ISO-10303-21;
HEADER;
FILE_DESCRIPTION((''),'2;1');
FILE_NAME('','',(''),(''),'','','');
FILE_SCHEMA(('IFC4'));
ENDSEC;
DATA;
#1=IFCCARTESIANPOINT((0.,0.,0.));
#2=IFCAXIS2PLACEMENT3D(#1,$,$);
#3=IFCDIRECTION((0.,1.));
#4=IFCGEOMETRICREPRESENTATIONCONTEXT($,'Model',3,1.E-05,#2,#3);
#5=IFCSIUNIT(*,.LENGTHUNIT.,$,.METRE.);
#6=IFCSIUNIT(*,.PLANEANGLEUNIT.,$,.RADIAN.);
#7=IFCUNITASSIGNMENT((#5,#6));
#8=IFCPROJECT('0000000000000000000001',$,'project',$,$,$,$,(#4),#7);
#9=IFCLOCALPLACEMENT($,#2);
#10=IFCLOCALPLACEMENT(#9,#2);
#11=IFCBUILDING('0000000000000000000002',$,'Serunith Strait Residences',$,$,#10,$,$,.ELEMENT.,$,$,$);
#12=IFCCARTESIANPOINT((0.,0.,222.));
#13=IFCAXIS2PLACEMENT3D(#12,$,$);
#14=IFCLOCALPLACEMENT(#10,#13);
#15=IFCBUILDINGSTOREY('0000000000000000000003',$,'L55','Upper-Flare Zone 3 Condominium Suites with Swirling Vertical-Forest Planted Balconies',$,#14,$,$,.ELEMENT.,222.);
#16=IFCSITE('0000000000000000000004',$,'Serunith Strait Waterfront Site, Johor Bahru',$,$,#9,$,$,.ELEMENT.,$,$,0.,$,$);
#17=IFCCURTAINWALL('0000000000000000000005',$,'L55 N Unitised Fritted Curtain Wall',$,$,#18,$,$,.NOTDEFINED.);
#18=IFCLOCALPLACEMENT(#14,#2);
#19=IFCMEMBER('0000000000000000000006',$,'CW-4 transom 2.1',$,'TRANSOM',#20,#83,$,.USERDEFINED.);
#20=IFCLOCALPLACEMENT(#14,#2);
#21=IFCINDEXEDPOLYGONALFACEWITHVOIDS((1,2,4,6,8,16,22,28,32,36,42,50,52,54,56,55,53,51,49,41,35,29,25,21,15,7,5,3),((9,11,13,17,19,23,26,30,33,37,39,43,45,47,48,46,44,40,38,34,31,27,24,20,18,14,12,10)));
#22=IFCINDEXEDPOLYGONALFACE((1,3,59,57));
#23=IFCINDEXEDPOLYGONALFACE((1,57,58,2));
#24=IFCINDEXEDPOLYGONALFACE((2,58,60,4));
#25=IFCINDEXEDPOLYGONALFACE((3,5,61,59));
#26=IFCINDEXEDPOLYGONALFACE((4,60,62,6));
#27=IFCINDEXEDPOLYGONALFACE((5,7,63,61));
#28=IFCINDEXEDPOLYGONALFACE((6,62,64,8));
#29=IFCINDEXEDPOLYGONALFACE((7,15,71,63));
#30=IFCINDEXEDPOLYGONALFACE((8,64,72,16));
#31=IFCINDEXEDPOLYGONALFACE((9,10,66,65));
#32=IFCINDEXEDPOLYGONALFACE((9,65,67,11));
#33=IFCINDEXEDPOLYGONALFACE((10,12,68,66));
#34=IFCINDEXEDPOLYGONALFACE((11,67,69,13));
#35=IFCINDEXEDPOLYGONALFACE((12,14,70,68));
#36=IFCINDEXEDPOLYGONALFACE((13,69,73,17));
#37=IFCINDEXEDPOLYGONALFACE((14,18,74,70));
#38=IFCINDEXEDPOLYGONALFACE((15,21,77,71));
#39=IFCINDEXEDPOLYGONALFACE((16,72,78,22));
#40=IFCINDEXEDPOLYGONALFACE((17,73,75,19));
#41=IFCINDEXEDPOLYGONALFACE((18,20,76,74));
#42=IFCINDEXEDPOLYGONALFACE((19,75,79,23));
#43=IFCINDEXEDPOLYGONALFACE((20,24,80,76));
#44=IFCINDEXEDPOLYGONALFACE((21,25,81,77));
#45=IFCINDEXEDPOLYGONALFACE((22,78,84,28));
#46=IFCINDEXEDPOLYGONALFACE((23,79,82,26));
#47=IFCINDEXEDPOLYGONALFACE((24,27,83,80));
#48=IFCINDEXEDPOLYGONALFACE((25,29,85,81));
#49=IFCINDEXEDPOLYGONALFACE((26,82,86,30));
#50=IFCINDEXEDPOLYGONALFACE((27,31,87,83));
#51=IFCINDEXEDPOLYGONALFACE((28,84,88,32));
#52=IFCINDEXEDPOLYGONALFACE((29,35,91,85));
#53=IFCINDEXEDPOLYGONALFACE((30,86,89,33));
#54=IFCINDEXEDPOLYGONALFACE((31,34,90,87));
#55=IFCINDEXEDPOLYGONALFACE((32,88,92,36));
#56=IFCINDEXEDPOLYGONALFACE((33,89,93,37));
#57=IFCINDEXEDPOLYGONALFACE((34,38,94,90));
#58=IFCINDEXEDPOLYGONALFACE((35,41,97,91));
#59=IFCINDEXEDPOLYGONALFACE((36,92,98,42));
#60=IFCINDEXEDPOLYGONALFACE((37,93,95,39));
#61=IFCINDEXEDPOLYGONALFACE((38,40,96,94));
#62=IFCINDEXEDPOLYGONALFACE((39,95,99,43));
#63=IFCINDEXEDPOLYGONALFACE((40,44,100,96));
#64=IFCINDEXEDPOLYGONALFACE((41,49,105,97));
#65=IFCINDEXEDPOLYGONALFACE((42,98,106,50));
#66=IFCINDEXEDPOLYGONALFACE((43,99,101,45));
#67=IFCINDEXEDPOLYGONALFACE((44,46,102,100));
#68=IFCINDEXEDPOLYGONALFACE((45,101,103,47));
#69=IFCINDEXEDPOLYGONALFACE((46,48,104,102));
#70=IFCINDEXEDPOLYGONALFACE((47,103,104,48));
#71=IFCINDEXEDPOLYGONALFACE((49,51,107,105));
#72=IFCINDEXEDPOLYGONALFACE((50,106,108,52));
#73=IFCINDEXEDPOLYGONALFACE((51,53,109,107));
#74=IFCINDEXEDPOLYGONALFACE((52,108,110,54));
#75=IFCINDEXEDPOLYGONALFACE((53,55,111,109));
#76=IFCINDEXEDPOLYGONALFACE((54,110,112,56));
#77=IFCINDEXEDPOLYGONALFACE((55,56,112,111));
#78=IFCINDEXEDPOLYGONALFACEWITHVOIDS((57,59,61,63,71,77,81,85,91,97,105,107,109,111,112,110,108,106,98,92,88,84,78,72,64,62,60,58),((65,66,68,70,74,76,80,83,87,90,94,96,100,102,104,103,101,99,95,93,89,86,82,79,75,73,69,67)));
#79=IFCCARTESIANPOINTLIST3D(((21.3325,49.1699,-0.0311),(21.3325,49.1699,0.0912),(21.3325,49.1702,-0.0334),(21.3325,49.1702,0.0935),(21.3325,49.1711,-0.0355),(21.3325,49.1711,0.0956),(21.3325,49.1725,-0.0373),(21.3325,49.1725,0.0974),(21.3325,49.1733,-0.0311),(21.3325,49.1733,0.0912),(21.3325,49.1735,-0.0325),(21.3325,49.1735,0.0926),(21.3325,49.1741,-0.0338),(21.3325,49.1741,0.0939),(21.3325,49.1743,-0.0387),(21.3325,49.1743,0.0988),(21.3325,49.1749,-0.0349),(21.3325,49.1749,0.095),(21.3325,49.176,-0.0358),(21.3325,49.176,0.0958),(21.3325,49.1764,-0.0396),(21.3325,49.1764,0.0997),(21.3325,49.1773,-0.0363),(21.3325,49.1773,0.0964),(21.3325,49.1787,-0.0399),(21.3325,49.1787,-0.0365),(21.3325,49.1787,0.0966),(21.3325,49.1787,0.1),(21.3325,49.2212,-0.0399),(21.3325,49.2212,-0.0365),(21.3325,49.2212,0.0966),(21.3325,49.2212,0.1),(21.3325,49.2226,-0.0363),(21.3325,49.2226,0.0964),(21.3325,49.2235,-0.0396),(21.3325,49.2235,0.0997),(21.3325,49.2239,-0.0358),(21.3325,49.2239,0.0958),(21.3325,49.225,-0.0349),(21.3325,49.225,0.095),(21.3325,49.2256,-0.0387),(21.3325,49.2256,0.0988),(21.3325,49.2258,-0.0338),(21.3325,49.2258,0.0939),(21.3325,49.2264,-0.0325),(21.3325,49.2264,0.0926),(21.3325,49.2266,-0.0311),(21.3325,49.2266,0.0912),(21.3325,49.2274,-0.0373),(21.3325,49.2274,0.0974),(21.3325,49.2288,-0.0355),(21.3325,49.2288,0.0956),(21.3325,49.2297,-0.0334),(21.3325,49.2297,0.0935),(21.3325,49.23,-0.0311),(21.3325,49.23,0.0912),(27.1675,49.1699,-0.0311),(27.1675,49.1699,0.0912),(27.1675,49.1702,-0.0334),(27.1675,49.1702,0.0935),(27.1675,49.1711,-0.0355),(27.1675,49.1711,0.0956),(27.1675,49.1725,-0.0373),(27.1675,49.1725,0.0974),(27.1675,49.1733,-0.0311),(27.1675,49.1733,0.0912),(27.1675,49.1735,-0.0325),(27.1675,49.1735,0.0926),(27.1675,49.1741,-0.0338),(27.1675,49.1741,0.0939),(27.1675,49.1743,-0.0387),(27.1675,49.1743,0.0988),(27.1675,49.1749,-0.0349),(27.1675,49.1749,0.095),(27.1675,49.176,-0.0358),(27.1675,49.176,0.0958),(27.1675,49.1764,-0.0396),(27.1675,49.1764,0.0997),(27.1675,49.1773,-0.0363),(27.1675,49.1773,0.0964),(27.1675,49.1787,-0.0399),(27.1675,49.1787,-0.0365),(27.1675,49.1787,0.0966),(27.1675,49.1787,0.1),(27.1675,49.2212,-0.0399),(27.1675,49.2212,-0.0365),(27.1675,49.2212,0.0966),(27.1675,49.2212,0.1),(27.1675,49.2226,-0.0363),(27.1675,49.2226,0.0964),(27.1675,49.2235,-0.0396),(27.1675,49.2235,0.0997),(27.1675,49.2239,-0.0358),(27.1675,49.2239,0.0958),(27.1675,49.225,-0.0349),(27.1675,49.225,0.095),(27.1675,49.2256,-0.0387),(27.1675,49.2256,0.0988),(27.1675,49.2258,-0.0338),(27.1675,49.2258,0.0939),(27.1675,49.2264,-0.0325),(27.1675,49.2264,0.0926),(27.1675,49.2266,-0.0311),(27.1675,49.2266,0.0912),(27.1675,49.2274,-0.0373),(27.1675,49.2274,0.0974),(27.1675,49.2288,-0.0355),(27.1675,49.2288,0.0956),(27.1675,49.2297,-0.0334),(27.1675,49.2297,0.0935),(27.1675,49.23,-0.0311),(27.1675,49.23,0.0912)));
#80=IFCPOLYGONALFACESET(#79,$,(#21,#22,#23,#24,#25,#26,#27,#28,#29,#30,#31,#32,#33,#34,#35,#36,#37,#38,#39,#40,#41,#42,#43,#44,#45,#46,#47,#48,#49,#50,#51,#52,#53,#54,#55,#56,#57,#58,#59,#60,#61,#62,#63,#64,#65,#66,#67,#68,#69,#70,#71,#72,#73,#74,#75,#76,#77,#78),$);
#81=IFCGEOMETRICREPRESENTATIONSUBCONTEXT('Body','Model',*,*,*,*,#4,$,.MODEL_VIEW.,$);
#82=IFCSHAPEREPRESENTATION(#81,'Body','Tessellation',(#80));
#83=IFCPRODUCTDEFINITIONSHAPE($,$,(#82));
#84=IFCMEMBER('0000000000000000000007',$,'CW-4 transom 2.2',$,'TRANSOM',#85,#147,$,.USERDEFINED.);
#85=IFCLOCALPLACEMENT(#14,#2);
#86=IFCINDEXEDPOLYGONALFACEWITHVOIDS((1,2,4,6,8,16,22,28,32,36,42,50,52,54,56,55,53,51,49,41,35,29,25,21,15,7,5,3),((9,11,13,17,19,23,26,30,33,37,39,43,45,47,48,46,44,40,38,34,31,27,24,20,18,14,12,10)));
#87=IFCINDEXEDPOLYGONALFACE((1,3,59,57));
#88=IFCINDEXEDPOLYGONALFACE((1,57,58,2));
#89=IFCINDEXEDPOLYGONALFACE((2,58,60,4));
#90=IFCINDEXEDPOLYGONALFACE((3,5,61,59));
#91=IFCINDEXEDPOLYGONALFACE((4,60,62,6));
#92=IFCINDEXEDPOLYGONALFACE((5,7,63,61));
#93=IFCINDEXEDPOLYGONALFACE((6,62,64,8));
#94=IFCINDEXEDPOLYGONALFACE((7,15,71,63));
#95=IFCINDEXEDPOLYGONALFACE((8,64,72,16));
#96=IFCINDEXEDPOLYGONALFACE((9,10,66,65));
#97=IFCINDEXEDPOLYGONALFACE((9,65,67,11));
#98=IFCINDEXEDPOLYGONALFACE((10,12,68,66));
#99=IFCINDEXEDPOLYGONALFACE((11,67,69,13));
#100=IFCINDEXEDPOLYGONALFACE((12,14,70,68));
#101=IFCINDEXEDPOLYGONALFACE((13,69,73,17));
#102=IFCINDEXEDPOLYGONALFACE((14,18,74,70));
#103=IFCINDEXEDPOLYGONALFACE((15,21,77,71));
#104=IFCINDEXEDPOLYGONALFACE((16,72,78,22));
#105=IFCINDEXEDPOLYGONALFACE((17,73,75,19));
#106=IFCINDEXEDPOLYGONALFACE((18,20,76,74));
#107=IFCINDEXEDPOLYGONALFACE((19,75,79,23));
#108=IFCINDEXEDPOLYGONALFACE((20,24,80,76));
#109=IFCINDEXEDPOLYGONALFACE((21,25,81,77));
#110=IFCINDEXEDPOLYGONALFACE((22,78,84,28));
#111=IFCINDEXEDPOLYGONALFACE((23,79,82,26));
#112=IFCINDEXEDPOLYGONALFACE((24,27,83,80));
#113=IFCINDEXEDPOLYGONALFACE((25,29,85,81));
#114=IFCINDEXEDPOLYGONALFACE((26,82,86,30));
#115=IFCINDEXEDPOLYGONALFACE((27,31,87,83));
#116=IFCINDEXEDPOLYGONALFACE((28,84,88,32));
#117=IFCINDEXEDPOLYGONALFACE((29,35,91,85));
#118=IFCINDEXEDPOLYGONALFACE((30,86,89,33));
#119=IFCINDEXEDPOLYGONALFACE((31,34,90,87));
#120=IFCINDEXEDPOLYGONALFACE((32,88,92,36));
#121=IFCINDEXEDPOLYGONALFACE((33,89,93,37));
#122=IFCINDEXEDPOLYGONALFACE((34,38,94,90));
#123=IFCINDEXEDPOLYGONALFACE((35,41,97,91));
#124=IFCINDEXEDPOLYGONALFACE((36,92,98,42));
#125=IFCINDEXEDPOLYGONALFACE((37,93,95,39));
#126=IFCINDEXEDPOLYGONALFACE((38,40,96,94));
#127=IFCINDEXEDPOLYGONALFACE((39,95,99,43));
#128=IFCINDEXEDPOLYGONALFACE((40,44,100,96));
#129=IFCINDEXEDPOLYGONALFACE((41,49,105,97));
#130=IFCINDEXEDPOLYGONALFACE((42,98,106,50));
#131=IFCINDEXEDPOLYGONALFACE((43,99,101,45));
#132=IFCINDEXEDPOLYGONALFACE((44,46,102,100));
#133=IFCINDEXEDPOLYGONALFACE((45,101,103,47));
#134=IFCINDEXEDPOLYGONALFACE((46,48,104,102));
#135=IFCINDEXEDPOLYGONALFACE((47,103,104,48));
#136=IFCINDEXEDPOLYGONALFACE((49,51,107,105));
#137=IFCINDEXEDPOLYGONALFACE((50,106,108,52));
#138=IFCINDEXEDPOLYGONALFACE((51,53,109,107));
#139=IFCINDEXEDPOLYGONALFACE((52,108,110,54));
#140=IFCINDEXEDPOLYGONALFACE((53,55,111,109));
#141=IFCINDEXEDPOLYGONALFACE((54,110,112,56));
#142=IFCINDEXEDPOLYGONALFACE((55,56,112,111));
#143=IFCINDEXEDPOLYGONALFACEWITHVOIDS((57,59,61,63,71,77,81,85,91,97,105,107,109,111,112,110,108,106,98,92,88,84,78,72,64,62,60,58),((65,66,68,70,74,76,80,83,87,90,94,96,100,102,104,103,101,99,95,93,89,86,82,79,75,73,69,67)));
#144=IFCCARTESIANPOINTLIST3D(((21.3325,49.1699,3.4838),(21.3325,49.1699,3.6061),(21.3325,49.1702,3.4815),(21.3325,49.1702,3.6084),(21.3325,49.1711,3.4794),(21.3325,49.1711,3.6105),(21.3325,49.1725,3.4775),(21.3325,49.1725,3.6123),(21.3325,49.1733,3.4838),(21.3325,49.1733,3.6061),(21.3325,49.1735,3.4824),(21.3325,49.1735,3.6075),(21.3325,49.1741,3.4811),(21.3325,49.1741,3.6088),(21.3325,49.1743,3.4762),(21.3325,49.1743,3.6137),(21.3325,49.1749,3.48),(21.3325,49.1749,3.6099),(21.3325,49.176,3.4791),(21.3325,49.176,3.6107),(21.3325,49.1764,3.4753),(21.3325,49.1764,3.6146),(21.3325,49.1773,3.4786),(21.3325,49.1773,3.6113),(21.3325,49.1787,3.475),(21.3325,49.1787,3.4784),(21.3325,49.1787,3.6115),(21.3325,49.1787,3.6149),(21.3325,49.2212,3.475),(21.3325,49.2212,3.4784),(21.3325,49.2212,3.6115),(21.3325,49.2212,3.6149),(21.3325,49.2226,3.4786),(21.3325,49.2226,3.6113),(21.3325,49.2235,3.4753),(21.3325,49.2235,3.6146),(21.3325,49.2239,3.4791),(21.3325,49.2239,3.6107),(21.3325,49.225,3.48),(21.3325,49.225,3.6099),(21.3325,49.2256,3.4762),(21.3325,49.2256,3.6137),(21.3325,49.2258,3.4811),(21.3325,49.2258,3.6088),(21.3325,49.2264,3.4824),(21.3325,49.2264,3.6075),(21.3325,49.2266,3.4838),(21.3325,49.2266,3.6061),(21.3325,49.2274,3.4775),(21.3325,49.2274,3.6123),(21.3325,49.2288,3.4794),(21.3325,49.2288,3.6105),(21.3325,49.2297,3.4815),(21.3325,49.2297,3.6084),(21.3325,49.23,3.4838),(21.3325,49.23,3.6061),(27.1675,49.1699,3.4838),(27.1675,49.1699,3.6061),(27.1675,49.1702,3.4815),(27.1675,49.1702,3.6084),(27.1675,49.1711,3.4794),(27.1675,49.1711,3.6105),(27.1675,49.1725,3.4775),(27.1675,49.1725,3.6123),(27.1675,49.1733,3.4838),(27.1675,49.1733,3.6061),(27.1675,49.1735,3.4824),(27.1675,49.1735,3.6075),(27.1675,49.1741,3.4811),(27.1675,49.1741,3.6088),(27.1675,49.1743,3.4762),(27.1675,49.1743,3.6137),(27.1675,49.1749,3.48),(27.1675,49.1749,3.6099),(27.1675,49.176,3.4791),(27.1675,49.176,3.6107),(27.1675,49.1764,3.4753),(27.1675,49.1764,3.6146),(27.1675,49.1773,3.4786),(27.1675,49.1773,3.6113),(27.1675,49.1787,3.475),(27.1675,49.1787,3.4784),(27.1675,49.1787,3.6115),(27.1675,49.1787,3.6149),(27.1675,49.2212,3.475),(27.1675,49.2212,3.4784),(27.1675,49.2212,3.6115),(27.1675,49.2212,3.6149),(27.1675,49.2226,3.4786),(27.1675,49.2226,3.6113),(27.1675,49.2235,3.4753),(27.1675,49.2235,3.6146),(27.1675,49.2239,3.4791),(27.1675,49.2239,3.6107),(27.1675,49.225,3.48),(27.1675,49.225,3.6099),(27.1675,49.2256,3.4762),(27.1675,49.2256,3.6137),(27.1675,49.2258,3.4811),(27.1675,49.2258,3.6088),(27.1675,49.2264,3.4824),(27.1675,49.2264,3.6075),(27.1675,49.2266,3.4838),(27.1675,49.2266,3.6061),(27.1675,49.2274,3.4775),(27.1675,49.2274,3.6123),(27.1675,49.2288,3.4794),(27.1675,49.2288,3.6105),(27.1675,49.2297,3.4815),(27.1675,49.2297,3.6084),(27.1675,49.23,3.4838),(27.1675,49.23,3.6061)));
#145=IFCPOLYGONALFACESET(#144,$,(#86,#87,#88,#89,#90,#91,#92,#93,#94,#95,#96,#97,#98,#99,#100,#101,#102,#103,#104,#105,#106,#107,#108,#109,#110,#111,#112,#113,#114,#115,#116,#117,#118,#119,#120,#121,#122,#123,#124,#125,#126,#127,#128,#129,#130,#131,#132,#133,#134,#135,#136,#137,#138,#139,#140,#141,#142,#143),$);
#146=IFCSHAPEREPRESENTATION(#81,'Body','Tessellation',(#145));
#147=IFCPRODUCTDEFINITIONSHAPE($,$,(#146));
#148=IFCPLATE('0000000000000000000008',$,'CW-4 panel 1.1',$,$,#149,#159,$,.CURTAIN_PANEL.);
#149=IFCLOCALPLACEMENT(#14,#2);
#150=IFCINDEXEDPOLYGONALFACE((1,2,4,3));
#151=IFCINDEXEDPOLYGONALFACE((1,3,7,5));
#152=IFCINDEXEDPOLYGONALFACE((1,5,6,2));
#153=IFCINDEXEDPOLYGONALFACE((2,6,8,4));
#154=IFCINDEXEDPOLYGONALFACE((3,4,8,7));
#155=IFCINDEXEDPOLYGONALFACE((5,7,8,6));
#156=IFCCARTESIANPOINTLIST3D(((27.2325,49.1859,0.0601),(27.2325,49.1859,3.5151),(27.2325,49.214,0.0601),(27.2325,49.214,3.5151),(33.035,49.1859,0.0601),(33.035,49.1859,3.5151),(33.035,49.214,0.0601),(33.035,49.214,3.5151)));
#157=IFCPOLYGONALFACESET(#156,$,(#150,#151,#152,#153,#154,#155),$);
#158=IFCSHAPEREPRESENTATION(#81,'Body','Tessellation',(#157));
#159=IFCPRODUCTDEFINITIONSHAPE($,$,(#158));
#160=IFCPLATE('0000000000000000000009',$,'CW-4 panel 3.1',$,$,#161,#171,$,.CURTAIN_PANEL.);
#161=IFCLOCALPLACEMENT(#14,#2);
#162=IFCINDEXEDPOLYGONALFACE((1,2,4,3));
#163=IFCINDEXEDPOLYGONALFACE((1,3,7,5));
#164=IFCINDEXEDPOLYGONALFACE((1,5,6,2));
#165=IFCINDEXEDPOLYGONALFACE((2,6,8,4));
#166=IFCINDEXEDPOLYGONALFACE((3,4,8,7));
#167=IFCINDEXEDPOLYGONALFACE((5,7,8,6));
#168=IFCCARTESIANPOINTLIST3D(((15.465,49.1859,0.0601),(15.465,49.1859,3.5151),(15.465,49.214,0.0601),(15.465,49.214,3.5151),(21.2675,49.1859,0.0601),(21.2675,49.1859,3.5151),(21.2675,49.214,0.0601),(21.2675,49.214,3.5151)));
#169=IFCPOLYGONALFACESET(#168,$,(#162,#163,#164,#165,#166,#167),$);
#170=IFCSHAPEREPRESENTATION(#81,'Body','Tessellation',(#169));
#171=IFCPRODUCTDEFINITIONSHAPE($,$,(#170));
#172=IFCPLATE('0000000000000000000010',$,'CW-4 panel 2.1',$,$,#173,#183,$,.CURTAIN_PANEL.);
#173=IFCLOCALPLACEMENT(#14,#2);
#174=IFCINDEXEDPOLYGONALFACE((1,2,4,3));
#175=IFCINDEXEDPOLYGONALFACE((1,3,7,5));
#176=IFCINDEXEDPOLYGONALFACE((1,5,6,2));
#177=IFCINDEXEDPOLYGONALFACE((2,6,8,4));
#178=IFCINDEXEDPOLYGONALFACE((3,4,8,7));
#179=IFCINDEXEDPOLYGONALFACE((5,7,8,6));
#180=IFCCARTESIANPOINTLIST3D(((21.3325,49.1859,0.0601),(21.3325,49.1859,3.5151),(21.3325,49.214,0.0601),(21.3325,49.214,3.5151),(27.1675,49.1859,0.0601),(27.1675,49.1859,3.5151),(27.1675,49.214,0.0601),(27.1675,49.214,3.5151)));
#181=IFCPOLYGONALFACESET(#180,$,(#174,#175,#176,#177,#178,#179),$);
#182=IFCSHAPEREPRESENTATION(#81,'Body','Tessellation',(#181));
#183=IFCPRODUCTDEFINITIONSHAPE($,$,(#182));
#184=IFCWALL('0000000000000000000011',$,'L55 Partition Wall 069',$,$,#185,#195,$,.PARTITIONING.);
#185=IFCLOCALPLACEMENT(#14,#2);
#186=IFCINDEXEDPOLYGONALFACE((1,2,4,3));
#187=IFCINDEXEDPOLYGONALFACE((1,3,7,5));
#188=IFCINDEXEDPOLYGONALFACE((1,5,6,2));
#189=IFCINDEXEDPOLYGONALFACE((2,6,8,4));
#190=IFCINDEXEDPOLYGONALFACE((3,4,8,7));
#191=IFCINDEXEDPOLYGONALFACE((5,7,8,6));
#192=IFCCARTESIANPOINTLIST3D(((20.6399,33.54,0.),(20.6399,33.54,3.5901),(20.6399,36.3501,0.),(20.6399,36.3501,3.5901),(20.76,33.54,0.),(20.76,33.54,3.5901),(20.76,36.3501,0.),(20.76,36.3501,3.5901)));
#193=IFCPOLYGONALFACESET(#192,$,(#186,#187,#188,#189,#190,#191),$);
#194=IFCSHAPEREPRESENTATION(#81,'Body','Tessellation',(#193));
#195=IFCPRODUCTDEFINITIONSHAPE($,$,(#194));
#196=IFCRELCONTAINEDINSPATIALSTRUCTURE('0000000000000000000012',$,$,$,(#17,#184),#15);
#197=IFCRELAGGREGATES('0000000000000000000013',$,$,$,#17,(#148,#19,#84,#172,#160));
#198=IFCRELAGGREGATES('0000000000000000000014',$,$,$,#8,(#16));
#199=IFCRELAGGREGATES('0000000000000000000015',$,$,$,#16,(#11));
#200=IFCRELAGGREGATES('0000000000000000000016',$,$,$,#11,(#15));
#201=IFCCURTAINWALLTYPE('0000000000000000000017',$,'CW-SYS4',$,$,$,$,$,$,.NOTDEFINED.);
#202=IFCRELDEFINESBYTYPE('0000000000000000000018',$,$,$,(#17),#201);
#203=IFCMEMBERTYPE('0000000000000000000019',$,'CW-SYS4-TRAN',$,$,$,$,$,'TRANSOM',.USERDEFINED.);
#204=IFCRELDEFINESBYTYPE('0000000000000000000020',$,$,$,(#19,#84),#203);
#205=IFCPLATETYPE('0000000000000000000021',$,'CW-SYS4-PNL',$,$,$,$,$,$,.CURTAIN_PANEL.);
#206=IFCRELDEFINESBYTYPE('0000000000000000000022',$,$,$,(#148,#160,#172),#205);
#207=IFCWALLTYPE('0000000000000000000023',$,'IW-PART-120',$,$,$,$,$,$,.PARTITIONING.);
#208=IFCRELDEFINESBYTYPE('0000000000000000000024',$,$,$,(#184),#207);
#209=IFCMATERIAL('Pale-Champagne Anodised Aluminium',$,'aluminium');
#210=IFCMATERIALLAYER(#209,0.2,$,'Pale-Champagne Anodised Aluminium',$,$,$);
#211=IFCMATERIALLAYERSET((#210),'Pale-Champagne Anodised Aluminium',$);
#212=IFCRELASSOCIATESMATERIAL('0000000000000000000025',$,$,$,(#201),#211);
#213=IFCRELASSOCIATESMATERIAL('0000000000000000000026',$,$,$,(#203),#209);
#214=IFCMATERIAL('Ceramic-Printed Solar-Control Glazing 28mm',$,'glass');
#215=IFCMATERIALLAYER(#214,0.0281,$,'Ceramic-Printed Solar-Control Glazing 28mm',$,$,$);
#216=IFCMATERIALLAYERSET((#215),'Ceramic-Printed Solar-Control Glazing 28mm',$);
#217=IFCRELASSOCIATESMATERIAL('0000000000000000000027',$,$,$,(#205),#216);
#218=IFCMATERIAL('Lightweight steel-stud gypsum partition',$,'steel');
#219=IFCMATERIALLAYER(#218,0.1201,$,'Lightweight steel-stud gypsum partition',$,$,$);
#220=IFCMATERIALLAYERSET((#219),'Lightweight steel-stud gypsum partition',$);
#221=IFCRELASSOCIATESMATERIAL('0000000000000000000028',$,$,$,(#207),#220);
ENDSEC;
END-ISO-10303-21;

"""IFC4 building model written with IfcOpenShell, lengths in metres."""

from ifc_helpers import new_model, si_unit, direction, frame, frame_2d, origin, origin_2d, place, context, subcontext, project, spatial, rectangle, hollow_rectangle, extrude, source, transform, mapped, material, layer, layer_set, material_profile, profile_set, type_object, element, aggregate, save


model = new_model("IFC4")

# Units and contexts
model_context = context("Model", 3, precision=1e-05, world=origin(), true_north=direction((0.0, 1.0)))
body_context = subcontext(model_context, "Body", "Model", "MODEL_VIEW")
ifc_project = project(units=[si_unit("LENGTHUNIT", "METRE"), si_unit("PLANEANGLEUNIT", "RADIAN")], contexts=[model_context])

# Site, building, storey
site_placement = place(None, origin())
site = spatial("IfcSite", under=ifc_project, at=site_placement, Name="Serunith Strait Waterfront Site, Johor Bahru", CompositionType="ELEMENT", RefElevation=0.0)
building_placement = place(site_placement, origin())
building = spatial("IfcBuilding", under=site, at=building_placement, Name="Serunith Strait Residences", CompositionType="ELEMENT")
storey_placement = place(building_placement, frame((0.0, 0.0, 222.0)))
storey = spatial("IfcBuildingStorey", under=building, at=storey_placement, Name="L55", Description="Upper-Flare Zone 3 Condominium Suites with Swirling Vertical-Forest Planted Balconies", CompositionType="ELEMENT", Elevation=222.0)

# Curtain wall, members, plates
ifc_material_1 = material(Name="Pale-Champagne Anodised Aluminium", Category="aluminium")
ifc_layer_1 = layer(ifc_material_1, 0.2, Name="Pale-Champagne Anodised Aluminium")
ifc_layer_set_1 = layer_set([ifc_layer_1], Name="Pale-Champagne Anodised Aluminium")
curtain_wall_type = type_object("IfcCurtainWallType", Name="CW-SYS4", PredefinedType="NOTDEFINED", material=ifc_layer_set_1)
curtain_wall_placement = place(storey_placement, origin())
curtain_wall = element("IfcCurtainWall", 1, at=curtain_wall_placement, inside=storey, type_object=curtain_wall_type, Name="L55 N Unitised Fritted Curtain Wall", PredefinedType="NOTDEFINED")
ifc_material_profile_1 = material_profile(ifc_material_1, hollow_rectangle(XDim=0.0601, YDim=0.1399, WallThickness=0.0034, InnerFilletRadius=0.0054, OuterFilletRadius=0.0088, at=origin_2d()), Name="ALU 140x60x3.5")
ifc_profile_set_1 = profile_set([ifc_material_profile_1], Name="Pale-Champagne Anodised Aluminium")
member_type_1 = type_object("IfcMemberType", Name="CW-SYS4-TRAN", ElementType="TRANSOM", PredefinedType="USERDEFINED", material=ifc_profile_set_1)
shared_shape_1 = source(origin(), body_context, "Body", "SweptSolid", [
    extrude(hollow_rectangle(XDim=0.0601, YDim=0.1399, WallThickness=0.0034, InnerFilletRadius=0.0054, OuterFilletRadius=0.0088, at=origin_2d()), origin(), (0.0, 0.0, 1.0), 5.835),
])
member_1_placement = place(storey_placement, frame((27.1675, 49.2, 0.03), z_axis=(-1.0, 0.0, 0.0), x_axis=(0.0, -1.0, 0.0)))
member_1 = element("IfcMember", 2, at=member_1_placement, type_object=member_type_1, Name="CW-4 transom 2.1", ObjectType="TRANSOM", PredefinedType="USERDEFINED", context=body_context, shape_type="MappedRepresentation", body=[
    mapped(shared_shape_1, transform((0.0, 0.0, 0.0), scale=1.0)),
])
member_2_placement = place(storey_placement, frame((27.1675, 49.2, 3.5449), z_axis=(-1.0, 0.0, 0.0), x_axis=(0.0, -1.0, 0.0)))
member_2 = element("IfcMember", 3, at=member_2_placement, type_object=member_type_1, Name="CW-4 transom 2.2", ObjectType="TRANSOM", PredefinedType="USERDEFINED", context=body_context, shape_type="MappedRepresentation", body=[
    mapped(shared_shape_1, transform((0.0, 0.0, 0.0), scale=1.0)),
])
ifc_material_2 = material(Name="Ceramic-Printed Solar-Control Glazing 28mm", Category="glass")
ifc_layer_2 = layer(ifc_material_2, 0.0281, Name="Ceramic-Printed Solar-Control Glazing 28mm")
ifc_layer_set_2 = layer_set([ifc_layer_2], Name="Ceramic-Printed Solar-Control Glazing 28mm")
plate_type = type_object("IfcPlateType", Name="CW-SYS4-PNL", PredefinedType="CURTAIN_PANEL", material=ifc_layer_set_2)
shared_shape_2 = source(origin(), body_context, "Body", "SweptSolid", [
    extrude(rectangle(XDim=5.8025, YDim=0.0281, at=origin_2d()), origin(), (0.0, 0.0, 1.0), 3.4551),
])
plate_1_placement = place(storey_placement, frame((30.1338, 49.2, 0.0601), z_axis=(0.0, 0.0, 1.0), x_axis=(-1.0, 0.0, 0.0)))
plate_1 = element("IfcPlate", 4, at=plate_1_placement, type_object=plate_type, Name="CW-4 panel 1.1", PredefinedType="CURTAIN_PANEL", context=body_context, shape_type="MappedRepresentation", body=[
    mapped(shared_shape_2, transform((0.0, 0.0, 0.0), scale=1.0)),
])
plate_2_placement = place(storey_placement, frame((18.3662, 49.2, 0.0601), z_axis=(0.0, 0.0, 1.0), x_axis=(-1.0, 0.0, 0.0)))
plate_2 = element("IfcPlate", 5, at=plate_2_placement, type_object=plate_type, Name="CW-4 panel 3.1", PredefinedType="CURTAIN_PANEL", context=body_context, shape_type="MappedRepresentation", body=[
    mapped(shared_shape_2, transform((0.0, 0.0, 0.0), scale=1.0)),
])
shared_shape_3 = source(origin(), body_context, "Body", "SweptSolid", [
    extrude(rectangle(XDim=5.835, YDim=0.0281, at=origin_2d()), origin(), (0.0, 0.0, 1.0), 3.4551),
])
plate_3_placement = place(storey_placement, frame((24.25, 49.2, 0.0601), z_axis=(0.0, 0.0, 1.0), x_axis=(-1.0, 0.0, 0.0)))
plate_3 = element("IfcPlate", 6, at=plate_3_placement, type_object=plate_type, Name="CW-4 panel 2.1", PredefinedType="CURTAIN_PANEL", context=body_context, shape_type="MappedRepresentation", body=[
    mapped(shared_shape_3, transform((0.0, 0.0, 0.0), scale=1.0)),
])
aggregate(curtain_wall, [plate_1, member_1, member_2, plate_3, plate_2])

# Wall
ifc_material_3 = material(Name="Lightweight steel-stud gypsum partition", Category="steel")
ifc_layer_3 = layer(ifc_material_3, 0.1201, Name="Lightweight steel-stud gypsum partition")
ifc_layer_set_3 = layer_set([ifc_layer_3], Name="Lightweight steel-stud gypsum partition")
wall_type = type_object("IfcWallType", Name="IW-PART-120", PredefinedType="PARTITIONING", material=ifc_layer_set_3)
wall_1_placement = place(storey_placement, frame((20.7, 36.3501, 0.0), z_axis=(0.0, 0.0, 1.0), x_axis=(0.0, -1.0, 0.0)))
element("IfcWall", 7, at=wall_1_placement, inside=storey, type_object=wall_type, Name="L55 Partition Wall 069", PredefinedType="PARTITIONING", context=body_context, shape_type="SweptSolid", body=[
    extrude(rectangle(XDim=2.8101, YDim=0.1201, at=frame_2d((1.405, 0.0))), origin(), (0.0, 0.0, 1.0), 3.5901),
])

save(model, "model.ifc")
